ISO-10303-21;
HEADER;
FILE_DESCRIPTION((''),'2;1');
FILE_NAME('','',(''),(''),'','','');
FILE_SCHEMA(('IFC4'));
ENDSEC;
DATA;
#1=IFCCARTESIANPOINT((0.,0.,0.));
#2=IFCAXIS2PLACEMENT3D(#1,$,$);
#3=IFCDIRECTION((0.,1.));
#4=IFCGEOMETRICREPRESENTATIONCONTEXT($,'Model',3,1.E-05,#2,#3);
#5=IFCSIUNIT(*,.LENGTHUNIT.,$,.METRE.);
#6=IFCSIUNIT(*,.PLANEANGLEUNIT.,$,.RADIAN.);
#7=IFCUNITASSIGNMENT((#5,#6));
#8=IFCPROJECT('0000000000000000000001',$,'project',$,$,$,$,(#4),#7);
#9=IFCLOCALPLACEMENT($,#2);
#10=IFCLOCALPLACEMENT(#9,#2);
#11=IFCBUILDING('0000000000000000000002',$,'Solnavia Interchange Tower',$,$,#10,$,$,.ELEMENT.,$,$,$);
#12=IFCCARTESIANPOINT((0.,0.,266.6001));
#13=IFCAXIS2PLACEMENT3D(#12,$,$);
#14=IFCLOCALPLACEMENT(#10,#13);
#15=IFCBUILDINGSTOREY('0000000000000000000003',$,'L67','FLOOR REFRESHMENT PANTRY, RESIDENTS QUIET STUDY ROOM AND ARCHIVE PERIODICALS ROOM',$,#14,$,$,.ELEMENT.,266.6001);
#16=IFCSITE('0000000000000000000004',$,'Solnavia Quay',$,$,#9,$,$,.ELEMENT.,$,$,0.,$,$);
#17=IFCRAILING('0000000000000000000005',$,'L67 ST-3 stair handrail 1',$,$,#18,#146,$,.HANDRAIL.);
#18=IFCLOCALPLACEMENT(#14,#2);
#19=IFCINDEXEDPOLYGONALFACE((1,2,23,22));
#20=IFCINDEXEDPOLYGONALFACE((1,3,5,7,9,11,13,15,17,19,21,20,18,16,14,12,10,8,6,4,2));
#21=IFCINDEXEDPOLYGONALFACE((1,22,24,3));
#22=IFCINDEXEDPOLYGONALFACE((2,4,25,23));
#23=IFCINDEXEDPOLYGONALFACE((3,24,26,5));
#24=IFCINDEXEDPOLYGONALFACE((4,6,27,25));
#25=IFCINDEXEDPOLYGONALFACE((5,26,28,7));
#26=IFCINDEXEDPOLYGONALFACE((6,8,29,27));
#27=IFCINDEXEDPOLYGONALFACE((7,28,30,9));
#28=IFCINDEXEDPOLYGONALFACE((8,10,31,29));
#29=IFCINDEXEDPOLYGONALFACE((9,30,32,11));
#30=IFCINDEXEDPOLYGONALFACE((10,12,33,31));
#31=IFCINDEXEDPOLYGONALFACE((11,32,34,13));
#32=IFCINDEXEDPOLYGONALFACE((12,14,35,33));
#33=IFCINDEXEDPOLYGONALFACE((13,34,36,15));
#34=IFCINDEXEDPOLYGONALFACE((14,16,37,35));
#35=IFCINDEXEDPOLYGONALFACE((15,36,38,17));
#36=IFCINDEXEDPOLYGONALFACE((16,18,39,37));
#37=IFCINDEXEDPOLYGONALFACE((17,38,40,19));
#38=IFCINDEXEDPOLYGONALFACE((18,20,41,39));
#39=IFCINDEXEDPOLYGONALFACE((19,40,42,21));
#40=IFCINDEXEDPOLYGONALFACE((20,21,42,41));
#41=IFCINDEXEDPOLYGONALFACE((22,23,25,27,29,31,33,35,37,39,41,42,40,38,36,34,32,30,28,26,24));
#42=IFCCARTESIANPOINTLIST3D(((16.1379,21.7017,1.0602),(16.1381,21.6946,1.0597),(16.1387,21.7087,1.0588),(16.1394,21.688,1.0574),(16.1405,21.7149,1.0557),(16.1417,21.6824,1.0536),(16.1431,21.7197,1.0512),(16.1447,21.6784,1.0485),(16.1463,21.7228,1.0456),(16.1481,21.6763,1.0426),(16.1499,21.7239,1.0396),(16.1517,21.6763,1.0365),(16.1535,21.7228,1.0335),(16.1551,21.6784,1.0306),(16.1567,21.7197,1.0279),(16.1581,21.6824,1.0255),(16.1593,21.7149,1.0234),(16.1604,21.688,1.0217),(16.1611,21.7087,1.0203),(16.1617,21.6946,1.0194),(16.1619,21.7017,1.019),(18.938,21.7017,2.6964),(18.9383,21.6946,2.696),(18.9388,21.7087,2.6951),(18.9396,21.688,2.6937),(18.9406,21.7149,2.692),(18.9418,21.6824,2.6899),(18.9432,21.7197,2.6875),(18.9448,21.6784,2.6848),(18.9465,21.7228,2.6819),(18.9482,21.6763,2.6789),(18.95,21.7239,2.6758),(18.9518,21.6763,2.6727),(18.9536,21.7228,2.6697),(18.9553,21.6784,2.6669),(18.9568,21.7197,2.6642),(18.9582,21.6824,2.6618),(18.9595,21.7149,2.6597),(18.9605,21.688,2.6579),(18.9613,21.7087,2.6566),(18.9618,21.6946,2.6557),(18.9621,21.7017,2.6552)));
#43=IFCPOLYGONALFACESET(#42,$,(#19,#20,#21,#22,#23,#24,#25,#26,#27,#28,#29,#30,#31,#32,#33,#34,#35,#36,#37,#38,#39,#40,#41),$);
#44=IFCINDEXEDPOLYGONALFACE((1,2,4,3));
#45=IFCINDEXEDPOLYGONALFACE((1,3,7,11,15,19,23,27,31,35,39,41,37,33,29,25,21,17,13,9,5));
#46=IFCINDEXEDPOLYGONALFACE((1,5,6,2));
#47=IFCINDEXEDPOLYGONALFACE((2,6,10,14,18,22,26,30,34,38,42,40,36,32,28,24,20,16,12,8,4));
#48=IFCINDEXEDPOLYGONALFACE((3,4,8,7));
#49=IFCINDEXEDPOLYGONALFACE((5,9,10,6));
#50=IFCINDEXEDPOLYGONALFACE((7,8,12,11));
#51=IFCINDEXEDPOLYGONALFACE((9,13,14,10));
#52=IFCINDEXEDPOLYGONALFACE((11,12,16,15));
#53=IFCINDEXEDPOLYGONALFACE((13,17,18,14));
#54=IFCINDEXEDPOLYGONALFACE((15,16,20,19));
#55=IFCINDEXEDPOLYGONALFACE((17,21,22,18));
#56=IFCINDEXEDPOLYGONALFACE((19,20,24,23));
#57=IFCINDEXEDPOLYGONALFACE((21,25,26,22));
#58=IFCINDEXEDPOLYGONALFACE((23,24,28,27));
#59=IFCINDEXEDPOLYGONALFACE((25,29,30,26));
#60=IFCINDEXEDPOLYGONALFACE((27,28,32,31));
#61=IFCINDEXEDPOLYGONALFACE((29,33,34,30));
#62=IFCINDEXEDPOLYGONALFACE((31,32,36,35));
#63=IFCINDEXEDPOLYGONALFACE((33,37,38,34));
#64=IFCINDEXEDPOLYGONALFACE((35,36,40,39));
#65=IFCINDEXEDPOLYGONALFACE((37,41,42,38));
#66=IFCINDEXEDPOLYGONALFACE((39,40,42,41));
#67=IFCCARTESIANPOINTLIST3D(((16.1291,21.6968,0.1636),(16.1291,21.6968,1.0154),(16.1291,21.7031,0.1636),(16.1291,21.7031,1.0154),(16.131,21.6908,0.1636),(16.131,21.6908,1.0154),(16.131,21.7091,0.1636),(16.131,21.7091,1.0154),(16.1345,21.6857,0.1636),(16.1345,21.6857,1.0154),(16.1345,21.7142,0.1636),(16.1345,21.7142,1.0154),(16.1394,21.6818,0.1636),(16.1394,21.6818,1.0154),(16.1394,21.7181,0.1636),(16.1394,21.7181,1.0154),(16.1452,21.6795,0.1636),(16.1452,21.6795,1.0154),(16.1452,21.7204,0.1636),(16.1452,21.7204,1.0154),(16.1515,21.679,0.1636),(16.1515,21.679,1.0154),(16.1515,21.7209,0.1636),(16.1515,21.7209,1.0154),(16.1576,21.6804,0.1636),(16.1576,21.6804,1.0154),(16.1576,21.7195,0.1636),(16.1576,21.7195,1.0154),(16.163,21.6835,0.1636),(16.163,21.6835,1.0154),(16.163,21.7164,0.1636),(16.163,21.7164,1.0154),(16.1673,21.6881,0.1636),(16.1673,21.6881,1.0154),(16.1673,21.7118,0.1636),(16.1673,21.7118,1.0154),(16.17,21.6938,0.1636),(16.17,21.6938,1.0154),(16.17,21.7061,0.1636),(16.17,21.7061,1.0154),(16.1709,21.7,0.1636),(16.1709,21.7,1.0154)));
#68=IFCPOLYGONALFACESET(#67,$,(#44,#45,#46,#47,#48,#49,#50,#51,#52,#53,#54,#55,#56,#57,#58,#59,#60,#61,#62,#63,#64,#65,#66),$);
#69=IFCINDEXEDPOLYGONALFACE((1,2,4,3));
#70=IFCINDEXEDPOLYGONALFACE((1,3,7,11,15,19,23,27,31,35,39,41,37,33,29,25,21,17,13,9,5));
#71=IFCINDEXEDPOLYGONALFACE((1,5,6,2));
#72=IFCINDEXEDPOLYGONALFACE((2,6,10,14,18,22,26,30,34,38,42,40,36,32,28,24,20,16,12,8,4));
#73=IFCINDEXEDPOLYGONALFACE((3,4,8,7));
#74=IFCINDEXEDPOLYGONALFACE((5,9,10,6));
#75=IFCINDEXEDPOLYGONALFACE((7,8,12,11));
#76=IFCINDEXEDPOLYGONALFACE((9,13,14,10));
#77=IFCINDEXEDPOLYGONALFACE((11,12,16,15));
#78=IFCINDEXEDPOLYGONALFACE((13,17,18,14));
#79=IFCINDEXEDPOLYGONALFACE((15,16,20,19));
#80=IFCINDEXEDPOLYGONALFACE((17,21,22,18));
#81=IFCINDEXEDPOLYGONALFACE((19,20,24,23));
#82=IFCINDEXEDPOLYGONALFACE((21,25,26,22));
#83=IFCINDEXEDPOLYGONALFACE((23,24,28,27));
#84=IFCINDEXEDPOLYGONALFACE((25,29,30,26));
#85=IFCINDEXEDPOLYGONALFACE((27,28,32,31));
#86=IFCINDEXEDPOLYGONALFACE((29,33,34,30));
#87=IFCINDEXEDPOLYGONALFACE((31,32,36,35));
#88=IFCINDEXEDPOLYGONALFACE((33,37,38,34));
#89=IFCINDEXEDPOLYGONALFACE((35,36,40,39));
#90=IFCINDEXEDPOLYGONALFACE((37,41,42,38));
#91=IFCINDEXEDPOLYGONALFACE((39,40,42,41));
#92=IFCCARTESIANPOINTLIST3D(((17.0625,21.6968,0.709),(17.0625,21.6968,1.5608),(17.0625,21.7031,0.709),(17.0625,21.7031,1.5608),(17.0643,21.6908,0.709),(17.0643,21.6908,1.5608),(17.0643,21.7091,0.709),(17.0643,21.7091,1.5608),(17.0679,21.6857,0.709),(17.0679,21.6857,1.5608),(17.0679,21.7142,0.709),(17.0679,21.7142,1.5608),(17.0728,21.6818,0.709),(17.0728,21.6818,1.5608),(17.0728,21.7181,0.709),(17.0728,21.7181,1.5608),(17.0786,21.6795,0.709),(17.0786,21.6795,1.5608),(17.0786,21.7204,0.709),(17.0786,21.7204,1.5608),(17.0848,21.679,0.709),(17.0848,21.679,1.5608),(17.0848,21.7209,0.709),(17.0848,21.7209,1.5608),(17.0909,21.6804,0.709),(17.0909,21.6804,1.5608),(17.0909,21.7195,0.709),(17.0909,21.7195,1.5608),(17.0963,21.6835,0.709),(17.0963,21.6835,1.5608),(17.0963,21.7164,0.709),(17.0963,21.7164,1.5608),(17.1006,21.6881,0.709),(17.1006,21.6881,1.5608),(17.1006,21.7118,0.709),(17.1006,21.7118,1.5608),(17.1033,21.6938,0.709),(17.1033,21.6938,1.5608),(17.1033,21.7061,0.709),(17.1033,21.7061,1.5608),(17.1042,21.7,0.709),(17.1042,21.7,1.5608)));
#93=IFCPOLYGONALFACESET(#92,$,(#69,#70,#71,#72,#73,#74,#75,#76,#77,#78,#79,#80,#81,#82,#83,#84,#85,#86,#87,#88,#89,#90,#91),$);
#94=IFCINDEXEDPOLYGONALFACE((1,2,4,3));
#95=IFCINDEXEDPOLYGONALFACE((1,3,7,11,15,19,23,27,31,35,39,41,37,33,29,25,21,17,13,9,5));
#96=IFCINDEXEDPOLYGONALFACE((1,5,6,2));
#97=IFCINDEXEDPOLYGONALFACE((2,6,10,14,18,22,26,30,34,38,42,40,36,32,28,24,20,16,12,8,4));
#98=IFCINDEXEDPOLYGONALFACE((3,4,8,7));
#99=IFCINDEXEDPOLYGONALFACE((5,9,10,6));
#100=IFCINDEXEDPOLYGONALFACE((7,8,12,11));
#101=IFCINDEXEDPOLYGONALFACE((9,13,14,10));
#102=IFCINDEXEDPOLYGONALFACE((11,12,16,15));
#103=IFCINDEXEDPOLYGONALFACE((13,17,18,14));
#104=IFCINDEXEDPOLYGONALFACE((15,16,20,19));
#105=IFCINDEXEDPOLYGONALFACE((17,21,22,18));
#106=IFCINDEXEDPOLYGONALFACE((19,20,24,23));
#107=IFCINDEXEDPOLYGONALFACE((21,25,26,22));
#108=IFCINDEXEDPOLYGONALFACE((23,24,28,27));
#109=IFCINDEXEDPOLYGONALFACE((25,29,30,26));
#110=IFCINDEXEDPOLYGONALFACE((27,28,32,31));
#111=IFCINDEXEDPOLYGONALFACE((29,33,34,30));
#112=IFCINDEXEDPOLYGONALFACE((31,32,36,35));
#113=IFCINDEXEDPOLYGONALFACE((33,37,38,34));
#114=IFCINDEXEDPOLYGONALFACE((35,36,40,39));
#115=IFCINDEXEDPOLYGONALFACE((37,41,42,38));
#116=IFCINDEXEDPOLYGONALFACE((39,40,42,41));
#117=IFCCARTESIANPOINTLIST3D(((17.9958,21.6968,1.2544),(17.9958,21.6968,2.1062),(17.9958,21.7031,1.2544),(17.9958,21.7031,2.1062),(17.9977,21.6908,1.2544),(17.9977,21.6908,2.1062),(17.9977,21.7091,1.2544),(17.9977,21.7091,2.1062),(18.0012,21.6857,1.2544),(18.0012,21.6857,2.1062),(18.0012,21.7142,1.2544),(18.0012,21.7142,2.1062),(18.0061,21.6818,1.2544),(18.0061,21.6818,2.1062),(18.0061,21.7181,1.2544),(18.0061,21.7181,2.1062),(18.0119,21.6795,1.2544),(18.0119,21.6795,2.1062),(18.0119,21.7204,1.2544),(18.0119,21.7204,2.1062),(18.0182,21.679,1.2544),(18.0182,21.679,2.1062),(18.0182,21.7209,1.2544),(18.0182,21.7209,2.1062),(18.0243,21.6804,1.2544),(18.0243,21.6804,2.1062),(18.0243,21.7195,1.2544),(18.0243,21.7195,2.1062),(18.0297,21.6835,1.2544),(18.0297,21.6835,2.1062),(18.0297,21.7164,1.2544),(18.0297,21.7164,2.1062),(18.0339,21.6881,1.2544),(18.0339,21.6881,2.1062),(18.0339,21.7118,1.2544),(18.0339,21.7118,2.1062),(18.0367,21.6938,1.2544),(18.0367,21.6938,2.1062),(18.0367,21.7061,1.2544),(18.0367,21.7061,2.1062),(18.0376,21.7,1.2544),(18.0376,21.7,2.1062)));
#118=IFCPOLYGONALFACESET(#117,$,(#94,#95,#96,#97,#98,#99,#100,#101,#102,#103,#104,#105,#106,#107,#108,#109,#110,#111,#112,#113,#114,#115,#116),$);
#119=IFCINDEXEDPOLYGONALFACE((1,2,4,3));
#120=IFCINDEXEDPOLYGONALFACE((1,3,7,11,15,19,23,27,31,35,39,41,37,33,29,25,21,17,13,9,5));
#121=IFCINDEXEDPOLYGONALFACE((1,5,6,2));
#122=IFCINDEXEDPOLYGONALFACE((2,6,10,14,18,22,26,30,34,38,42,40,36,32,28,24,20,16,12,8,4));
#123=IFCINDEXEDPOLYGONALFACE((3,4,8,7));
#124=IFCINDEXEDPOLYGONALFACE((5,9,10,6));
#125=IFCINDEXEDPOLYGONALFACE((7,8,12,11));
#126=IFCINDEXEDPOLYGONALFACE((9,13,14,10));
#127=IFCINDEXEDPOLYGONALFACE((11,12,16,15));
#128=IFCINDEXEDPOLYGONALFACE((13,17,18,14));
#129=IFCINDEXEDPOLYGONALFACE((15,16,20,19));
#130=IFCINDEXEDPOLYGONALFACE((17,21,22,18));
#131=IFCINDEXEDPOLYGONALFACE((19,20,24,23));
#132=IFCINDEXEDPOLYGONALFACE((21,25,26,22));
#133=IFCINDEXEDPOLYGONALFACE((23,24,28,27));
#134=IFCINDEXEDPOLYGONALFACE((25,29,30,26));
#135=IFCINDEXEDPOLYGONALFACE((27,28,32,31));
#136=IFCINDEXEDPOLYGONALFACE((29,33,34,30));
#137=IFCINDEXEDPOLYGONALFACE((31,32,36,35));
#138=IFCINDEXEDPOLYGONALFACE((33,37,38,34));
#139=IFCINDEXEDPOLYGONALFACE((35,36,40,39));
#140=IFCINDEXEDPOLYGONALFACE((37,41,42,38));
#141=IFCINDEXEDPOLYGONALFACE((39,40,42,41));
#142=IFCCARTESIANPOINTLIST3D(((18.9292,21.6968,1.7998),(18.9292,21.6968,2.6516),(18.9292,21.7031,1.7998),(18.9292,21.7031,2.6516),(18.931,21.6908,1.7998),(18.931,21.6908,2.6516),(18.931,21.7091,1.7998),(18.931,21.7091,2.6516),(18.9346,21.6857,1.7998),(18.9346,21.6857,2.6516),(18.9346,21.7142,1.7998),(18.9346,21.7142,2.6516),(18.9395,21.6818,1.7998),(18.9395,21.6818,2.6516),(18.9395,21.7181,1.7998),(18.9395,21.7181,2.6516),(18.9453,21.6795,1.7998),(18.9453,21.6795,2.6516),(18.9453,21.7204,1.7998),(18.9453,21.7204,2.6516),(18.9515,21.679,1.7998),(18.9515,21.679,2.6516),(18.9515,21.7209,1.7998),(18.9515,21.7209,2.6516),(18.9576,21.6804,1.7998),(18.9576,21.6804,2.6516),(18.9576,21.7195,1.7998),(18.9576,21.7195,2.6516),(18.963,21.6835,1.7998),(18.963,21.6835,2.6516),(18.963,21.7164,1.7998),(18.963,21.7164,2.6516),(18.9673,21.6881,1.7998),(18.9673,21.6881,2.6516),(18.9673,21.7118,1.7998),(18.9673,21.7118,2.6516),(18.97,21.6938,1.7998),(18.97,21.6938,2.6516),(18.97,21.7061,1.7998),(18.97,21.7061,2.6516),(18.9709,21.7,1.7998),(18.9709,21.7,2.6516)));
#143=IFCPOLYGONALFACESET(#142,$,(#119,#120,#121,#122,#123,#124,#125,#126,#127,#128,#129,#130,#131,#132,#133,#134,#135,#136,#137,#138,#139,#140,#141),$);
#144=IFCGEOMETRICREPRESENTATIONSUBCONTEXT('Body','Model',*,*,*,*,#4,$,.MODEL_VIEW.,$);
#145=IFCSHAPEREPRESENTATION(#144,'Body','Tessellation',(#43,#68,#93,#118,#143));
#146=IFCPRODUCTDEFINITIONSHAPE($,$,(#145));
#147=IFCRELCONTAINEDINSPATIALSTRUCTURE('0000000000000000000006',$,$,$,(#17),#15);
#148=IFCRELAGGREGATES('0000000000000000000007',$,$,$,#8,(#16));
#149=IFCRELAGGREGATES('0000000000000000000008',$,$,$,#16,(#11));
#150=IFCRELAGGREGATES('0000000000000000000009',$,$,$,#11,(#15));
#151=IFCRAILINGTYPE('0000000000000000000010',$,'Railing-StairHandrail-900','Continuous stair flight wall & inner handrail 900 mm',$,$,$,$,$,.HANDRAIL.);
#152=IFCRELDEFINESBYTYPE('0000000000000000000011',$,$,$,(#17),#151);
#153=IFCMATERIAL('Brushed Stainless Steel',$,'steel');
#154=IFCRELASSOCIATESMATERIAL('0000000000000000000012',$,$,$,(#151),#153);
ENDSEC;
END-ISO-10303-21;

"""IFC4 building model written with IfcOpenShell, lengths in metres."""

from ifc_helpers import new_model, si_unit, direction, frame, origin, origin_2d, place, context, subcontext, project, spatial, circle, extrude, material, type_object, element, save


model = new_model("IFC4")

# Units and contexts
model_context = context("Model", 3, precision=1e-05, world=origin(), true_north=direction((0.0, 1.0)))
body_context = subcontext(model_context, "Body", "Model", "MODEL_VIEW")
ifc_project = project(units=[si_unit("LENGTHUNIT", "METRE"), si_unit("PLANEANGLEUNIT", "RADIAN")], contexts=[model_context])

# Site, building, storey
site_placement = place(None, origin())
site = spatial("IfcSite", under=ifc_project, at=site_placement, Name="Solnavia Quay", CompositionType="ELEMENT", RefElevation=0.0)
building_placement = place(site_placement, origin())
building = spatial("IfcBuilding", under=site, at=building_placement, Name="Solnavia Interchange Tower", CompositionType="ELEMENT")
storey_placement = place(building_placement, frame((0.0, 0.0, 266.6001)))
storey = spatial("IfcBuildingStorey", under=building, at=storey_placement, Name="L67", Description="FLOOR REFRESHMENT PANTRY, RESIDENTS QUIET STUDY ROOM AND ARCHIVE PERIODICALS ROOM", CompositionType="ELEMENT", Elevation=266.6001)

# Railing
ifc_material_1 = material(Name="Brushed Stainless Steel", Category="steel")
railing_type_1 = type_object("IfcRailingType", Name="Railing-StairHandrail-900", Description="Continuous stair flight wall & inner handrail 900 mm", PredefinedType="HANDRAIL", material=ifc_material_1)
railing_1_placement = place(storey_placement, frame((16.1499, 21.7, 0.1636)))
element("IfcRailing", 1, at=railing_1_placement, inside=storey, type_object=railing_type_1, Name="L67 ST-3 stair handrail 1", PredefinedType="HANDRAIL", context=body_context, shape_type="SweptSolid", body=[
    extrude(circle(Radius=0.0239, at=origin_2d()), frame((0.0, 0.0, 0.876), z_axis=(0.863394, 0.0, 0.504531), x_axis=(0.0, 1.0, 0.0)), (0.0, 0.0, 1.0), 3.2432),
    extrude(circle(Radius=0.021, at=origin_2d()), origin(), (0.0, 0.0, 1.0), 0.8518),
    extrude(circle(Radius=0.021, at=origin_2d()), frame((0.9333, 0.0, 0.5454)), (0.0, 0.0, 1.0), 0.8518),
    extrude(circle(Radius=0.021, at=origin_2d()), frame((1.8667, 0.0, 1.0908)), (0.0, 0.0, 1.0), 0.8518),
    extrude(circle(Radius=0.021, at=origin_2d()), frame((2.8, 0.0, 1.6362)), (0.0, 0.0, 1.0), 0.8518),
])

save(model, "model.ifc")
